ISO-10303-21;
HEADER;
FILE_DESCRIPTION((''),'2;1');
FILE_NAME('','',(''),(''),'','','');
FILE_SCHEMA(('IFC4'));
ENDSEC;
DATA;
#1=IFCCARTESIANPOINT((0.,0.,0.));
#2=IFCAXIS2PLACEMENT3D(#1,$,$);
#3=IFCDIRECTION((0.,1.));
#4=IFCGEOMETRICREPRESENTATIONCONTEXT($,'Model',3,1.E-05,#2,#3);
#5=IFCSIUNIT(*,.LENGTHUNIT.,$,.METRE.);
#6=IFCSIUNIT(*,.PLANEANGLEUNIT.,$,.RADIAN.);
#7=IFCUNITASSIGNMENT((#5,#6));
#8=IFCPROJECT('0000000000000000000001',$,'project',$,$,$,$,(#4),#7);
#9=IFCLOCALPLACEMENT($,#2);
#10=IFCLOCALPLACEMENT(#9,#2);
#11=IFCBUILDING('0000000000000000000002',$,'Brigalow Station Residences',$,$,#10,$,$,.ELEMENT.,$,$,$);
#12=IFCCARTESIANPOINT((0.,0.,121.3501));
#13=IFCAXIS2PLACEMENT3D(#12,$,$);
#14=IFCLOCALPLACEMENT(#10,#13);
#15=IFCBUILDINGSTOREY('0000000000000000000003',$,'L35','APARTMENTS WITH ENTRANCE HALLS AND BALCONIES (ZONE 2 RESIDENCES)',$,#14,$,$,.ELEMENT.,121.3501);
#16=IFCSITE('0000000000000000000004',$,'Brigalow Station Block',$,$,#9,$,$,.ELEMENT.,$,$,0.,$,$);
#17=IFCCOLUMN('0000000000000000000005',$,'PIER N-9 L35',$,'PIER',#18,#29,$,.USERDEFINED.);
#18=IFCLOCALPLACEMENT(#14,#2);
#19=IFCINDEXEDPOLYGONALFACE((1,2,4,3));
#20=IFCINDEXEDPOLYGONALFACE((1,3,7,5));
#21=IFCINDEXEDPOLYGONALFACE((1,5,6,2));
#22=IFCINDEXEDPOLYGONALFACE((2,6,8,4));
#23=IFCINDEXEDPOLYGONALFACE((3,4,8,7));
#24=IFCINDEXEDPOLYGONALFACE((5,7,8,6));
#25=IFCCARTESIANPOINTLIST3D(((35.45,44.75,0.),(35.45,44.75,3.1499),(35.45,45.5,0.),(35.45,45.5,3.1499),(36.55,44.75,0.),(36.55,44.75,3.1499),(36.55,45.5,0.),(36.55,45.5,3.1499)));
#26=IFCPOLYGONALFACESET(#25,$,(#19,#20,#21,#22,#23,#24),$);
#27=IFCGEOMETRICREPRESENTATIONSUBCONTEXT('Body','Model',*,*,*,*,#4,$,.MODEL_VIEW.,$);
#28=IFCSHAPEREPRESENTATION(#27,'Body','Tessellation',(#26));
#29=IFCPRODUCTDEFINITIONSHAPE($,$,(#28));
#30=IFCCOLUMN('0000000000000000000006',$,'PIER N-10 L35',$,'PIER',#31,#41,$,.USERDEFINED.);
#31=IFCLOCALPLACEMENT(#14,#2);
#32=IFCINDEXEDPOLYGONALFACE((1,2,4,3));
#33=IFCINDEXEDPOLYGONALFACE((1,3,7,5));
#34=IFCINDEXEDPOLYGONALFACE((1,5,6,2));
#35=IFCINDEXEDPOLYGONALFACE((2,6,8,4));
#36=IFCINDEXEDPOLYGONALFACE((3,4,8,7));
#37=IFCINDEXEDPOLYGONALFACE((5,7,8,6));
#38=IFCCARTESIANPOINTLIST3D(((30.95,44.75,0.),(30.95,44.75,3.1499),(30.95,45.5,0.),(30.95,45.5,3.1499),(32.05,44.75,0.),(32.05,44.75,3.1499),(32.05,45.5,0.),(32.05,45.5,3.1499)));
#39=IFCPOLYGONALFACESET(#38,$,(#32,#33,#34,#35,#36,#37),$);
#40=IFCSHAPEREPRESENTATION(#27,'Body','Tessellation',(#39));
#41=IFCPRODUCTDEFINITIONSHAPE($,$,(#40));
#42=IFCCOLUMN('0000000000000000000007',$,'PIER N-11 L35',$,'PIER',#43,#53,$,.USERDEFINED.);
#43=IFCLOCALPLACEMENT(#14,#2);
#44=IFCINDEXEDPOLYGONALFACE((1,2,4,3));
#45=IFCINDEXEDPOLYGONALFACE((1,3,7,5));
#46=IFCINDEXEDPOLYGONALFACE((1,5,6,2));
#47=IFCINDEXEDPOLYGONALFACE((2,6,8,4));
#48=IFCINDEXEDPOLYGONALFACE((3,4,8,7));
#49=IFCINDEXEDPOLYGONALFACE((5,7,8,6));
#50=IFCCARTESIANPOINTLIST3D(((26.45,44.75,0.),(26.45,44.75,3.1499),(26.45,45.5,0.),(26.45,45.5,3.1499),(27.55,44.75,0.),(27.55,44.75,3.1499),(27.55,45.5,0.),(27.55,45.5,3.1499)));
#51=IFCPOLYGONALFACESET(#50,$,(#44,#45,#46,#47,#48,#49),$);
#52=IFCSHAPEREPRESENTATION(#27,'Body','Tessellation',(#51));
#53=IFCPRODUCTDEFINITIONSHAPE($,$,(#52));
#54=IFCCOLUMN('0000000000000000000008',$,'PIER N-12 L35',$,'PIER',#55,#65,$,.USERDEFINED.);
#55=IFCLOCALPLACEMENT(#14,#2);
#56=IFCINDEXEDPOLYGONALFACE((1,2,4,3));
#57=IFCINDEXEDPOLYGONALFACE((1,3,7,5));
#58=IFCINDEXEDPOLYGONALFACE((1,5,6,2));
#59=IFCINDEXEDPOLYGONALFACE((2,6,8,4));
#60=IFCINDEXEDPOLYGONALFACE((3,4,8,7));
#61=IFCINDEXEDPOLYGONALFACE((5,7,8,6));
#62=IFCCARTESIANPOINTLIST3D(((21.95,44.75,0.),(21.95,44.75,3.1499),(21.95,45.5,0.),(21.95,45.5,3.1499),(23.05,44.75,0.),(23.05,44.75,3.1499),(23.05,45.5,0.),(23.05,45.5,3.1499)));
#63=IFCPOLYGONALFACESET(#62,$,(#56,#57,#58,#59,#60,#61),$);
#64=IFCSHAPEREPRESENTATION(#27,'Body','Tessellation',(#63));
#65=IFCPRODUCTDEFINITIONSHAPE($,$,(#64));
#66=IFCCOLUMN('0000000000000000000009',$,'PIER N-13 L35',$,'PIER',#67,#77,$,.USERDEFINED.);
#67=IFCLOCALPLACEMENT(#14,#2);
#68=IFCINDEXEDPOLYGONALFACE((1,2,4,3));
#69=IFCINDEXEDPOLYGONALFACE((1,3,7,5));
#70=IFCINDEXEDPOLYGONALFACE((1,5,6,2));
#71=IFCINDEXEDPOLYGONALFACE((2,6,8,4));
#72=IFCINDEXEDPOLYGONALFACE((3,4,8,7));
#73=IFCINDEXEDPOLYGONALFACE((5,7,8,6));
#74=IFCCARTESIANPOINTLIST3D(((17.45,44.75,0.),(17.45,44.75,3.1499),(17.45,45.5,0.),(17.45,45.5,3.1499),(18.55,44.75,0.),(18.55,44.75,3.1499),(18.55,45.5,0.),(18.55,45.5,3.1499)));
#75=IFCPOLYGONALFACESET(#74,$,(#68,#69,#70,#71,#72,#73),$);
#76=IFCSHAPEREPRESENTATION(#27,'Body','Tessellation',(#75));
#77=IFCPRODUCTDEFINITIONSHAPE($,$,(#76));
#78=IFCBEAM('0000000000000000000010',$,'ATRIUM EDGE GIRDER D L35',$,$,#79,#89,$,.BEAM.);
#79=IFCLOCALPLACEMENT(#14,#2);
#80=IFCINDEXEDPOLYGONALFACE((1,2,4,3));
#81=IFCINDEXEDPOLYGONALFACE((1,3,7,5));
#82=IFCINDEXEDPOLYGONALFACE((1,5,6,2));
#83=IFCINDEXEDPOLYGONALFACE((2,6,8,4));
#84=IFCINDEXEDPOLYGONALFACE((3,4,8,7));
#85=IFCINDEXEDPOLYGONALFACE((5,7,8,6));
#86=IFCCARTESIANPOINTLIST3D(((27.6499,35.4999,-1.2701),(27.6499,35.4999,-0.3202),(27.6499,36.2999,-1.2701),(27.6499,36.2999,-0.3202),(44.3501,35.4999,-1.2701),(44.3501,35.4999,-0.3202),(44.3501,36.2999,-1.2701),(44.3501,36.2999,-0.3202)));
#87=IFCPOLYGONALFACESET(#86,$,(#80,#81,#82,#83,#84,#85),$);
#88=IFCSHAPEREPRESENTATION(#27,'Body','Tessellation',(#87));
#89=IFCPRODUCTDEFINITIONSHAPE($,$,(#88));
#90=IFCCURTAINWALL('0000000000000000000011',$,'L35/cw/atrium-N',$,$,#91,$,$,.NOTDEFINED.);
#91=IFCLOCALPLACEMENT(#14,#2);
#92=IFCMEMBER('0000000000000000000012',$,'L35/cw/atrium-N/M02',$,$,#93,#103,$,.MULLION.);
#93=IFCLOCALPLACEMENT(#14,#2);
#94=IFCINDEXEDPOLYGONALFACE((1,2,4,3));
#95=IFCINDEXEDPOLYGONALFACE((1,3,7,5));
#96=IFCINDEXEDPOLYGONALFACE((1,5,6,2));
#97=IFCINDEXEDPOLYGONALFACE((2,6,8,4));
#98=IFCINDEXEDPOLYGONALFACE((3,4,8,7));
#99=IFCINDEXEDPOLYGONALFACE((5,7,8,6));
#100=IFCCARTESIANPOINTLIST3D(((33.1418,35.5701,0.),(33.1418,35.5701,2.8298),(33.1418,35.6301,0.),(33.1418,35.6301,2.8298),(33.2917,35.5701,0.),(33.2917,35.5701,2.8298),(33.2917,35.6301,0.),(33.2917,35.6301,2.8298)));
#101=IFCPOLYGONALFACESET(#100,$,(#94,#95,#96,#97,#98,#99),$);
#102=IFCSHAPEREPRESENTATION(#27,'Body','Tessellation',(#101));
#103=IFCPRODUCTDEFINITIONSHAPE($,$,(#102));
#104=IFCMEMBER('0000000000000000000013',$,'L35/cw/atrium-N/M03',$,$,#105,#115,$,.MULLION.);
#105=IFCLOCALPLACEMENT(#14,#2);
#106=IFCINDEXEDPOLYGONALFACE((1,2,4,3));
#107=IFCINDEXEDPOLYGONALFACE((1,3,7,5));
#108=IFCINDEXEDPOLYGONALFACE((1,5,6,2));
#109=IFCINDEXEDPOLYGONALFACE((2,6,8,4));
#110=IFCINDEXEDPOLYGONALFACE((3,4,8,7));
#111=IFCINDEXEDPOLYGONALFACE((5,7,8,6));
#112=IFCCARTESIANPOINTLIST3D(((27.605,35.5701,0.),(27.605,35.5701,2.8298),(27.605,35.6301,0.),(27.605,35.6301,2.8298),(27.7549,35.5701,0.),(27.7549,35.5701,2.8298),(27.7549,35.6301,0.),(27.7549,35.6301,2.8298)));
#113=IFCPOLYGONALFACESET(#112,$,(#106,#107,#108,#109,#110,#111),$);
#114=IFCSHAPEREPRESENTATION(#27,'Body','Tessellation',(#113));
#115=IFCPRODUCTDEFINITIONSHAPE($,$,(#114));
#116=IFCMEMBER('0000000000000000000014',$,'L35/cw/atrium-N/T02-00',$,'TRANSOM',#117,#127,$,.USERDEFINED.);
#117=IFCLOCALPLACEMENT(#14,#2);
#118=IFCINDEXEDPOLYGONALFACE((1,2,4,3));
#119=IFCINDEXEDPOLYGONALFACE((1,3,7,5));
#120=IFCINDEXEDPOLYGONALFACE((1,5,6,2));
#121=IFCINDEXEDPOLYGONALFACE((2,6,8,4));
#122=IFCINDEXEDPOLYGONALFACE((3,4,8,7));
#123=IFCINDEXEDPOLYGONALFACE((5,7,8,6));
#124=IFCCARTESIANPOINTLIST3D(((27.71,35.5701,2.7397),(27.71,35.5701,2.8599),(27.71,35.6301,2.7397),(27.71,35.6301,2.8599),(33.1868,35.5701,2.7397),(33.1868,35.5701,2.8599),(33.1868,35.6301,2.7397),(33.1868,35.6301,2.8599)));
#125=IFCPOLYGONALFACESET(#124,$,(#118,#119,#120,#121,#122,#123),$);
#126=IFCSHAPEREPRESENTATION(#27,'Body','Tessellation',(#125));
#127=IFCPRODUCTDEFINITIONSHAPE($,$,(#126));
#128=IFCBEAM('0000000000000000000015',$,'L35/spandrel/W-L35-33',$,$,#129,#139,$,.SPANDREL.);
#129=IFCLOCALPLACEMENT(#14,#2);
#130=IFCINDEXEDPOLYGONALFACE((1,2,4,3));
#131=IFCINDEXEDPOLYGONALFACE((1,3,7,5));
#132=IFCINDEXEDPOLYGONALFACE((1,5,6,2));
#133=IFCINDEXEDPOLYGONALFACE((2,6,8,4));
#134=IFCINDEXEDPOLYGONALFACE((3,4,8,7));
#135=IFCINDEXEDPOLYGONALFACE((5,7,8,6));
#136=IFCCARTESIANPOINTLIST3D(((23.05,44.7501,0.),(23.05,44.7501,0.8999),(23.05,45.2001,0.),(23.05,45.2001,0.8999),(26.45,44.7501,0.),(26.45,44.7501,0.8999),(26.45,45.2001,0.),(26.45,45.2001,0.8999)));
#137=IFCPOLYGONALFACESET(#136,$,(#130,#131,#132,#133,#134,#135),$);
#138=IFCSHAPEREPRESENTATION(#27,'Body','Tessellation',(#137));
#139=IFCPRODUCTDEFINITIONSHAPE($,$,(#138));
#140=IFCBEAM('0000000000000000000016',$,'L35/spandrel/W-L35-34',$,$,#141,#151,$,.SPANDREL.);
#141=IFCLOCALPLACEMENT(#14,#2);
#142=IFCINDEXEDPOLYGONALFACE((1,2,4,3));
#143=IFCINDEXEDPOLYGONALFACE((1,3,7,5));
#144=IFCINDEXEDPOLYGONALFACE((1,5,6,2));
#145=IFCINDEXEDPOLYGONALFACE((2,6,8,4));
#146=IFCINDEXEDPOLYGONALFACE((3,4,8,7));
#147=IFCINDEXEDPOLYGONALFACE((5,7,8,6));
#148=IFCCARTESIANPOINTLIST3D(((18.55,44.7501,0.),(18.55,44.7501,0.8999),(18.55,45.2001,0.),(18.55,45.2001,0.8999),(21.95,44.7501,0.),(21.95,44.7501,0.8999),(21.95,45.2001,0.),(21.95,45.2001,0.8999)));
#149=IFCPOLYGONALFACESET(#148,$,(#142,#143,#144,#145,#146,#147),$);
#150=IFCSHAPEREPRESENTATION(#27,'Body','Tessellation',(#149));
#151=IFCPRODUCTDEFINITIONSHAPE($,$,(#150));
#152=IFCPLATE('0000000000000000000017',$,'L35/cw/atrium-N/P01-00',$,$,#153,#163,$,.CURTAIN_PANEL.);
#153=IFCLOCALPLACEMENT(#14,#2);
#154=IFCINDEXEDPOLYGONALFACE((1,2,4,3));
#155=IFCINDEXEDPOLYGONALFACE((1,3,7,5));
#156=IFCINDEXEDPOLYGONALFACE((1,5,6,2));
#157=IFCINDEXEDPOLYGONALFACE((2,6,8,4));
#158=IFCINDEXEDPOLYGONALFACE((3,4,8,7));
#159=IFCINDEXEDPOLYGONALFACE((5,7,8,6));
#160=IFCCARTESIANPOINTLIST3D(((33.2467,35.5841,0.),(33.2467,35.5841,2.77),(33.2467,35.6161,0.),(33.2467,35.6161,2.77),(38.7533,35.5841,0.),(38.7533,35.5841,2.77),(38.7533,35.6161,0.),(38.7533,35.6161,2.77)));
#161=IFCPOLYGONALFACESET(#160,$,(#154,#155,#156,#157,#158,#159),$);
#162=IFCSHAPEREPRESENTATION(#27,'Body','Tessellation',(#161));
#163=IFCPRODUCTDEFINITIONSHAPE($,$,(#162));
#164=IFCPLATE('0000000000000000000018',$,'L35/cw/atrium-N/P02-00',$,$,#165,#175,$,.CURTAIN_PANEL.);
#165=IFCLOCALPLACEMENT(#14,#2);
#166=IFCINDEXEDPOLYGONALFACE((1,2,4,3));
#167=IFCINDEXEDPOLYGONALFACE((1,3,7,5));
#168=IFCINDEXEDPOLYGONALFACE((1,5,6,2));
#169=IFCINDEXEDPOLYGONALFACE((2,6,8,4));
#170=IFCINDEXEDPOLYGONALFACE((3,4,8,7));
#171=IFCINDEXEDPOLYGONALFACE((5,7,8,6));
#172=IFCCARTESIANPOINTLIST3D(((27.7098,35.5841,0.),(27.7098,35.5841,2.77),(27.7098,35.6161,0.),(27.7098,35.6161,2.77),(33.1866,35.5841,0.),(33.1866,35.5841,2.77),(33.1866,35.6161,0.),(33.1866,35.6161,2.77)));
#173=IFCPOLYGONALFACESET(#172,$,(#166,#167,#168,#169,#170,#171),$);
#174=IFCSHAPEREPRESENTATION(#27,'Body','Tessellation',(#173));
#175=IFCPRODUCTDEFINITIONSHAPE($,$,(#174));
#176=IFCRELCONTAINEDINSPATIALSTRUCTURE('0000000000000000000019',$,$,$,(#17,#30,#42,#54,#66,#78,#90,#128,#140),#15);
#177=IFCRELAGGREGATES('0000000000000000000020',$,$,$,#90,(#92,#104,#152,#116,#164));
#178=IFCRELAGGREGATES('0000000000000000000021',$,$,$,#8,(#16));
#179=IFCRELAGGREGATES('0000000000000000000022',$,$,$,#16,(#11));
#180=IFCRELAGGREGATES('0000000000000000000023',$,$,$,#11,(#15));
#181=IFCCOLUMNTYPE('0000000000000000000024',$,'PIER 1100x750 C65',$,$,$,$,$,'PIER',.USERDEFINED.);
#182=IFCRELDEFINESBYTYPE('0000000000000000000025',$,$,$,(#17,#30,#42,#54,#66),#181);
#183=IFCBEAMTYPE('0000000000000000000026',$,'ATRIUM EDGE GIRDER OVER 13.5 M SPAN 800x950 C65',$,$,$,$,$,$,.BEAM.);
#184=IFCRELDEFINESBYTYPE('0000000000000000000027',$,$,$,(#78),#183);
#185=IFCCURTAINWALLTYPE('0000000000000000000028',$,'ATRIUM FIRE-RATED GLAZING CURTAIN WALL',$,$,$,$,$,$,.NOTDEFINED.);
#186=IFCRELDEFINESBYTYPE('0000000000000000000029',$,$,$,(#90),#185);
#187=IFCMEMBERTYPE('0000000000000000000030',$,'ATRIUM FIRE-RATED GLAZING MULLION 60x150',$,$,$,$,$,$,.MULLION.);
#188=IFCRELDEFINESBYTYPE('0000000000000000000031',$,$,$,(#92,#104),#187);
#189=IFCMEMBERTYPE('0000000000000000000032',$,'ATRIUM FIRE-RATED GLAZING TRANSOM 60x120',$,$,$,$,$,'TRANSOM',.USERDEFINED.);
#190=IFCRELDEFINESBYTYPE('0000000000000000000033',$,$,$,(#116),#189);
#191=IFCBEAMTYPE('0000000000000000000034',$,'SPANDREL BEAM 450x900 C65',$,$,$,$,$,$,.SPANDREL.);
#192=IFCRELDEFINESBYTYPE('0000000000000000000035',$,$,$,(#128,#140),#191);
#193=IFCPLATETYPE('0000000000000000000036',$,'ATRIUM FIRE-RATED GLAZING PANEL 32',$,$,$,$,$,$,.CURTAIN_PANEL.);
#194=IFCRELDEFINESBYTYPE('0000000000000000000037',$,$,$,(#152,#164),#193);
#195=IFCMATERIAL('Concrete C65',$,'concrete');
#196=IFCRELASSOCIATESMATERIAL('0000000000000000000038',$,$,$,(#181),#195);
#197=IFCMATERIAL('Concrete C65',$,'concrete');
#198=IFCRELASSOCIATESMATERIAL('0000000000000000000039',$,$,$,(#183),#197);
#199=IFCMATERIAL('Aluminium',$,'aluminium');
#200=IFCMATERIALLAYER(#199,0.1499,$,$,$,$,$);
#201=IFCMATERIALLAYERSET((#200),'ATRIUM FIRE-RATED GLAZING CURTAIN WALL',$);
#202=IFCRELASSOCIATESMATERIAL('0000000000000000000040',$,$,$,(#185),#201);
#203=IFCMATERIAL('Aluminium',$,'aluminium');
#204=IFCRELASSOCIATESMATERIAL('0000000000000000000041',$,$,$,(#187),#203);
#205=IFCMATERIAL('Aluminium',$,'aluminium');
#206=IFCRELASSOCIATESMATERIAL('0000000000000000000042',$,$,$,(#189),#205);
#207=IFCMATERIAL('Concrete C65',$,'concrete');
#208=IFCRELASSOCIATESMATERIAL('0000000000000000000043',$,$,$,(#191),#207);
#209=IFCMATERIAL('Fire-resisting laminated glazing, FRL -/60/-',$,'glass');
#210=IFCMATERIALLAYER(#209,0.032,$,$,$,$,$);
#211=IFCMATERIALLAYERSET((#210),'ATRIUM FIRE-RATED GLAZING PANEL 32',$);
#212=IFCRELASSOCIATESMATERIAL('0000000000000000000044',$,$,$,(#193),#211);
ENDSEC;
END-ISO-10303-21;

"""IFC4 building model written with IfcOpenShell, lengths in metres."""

from ifc_helpers import new_model, si_unit, direction, frame, origin, origin_2d, place, context, subcontext, project, spatial, rectangle, extrude, material, layer, layer_set, material_profile, profile_set, type_object, element, aggregate, save


model = new_model("IFC4")

# Units and contexts
model_context = context("Model", 3, precision=1e-05, world=origin(), true_north=direction((0.0, 1.0)))
body_context = subcontext(model_context, "Body", "Model", "MODEL_VIEW")
ifc_project = project(units=[si_unit("LENGTHUNIT", "METRE"), si_unit("PLANEANGLEUNIT", "RADIAN")], contexts=[model_context])

# Site, building, storey
site_placement = place(None, origin())
site = spatial("IfcSite", under=ifc_project, at=site_placement, Name="Brigalow Station Block", CompositionType="ELEMENT", RefElevation=0.0)
building_placement = place(site_placement, origin())
building = spatial("IfcBuilding", under=site, at=building_placement, Name="Brigalow Station Residences", CompositionType="ELEMENT")
storey_placement = place(building_placement, frame((0.0, 0.0, 121.3501)))
storey = spatial("IfcBuildingStorey", under=building, at=storey_placement, Name="L35", Description="APARTMENTS WITH ENTRANCE HALLS AND BALCONIES (ZONE 2 RESIDENCES)", CompositionType="ELEMENT", Elevation=121.3501)

# Columns
ifc_material_1 = material(Name="Concrete C65", Category="concrete")
ifc_material_profile_1 = material_profile(ifc_material_1, rectangle(XDim=1.1001, YDim=0.75, at=origin_2d()), Name="RC1100x750")
ifc_profile_set_1 = profile_set([ifc_material_profile_1], Name="Concrete C65")
column_type = type_object("IfcColumnType", Name="PIER 1100x750 C65", ElementType="PIER", PredefinedType="USERDEFINED", material=ifc_profile_set_1)
for number, where, z_axis, x_axis, name in (
    (1, (36.0, 45.125, 0.0), (0.0, 0.0, 1.0), (-1.0, 0.0, 0.0), "PIER N-9 L35"),
    (2, (31.5, 45.125, 0.0), (0.0, 0.0, 1.0), (-1.0, 0.0, 0.0), "PIER N-10 L35"),
    (3, (27.0, 45.125, 0.0), (0.0, 0.0, 1.0), (-1.0, 0.0, 0.0), "PIER N-11 L35"),
    (4, (22.5, 45.125, 0.0), (0.0, 0.0, 1.0), (-1.0, 0.0, 0.0), "PIER N-12 L35"),
    (5, (18.0, 45.125, 0.0), (0.0, 0.0, 1.0), (-1.0, 0.0, 0.0), "PIER N-13 L35"),
):
    element("IfcColumn", number, at=place(storey_placement, frame(where, z_axis=z_axis, x_axis=x_axis)), inside=storey, type_object=column_type, Name=name, ObjectType="PIER", PredefinedType="USERDEFINED", context=body_context, shape_type="SweptSolid", body=[
        extrude(rectangle(XDim=1.1001, YDim=0.75, at=origin_2d()), origin(), (0.0, 0.0, 1.0), 3.1499),
    ])

# Beam
ifc_material_2 = material(Name="Concrete C65", Category="concrete")
ifc_material_profile_2 = material_profile(ifc_material_2, rectangle(XDim=0.8, YDim=0.95, at=origin_2d()), Name="RC800x950")
ifc_profile_set_2 = profile_set([ifc_material_profile_2], Name="Concrete C65")
beam_type_1 = type_object("IfcBeamType", Name="ATRIUM EDGE GIRDER OVER 13.5 M SPAN 800x950 C65", PredefinedType="BEAM", material=ifc_profile_set_2)
beam_placement = place(storey_placement, frame((27.6499, 35.8999, -0.7952), z_axis=(1.0, 0.0, 0.0), x_axis=(0.0, 1.0, 0.0)))
element("IfcBeam", 6, at=beam_placement, inside=storey, type_object=beam_type_1, Name="ATRIUM EDGE GIRDER D L35", PredefinedType="BEAM", context=body_context, shape_type="SweptSolid", body=[
    extrude(rectangle(XDim=0.8, YDim=0.95, at=origin_2d()), origin(), (0.0, 0.0, 1.0), 16.7002),
])

# Curtain wall, members
ifc_material_3 = material(Name="Aluminium", Category="aluminium")
ifc_layer_1 = layer(ifc_material_3, 0.1499)
ifc_layer_set_1 = layer_set([ifc_layer_1], Name="ATRIUM FIRE-RATED GLAZING CURTAIN WALL")
curtain_wall_type = type_object("IfcCurtainWallType", Name="ATRIUM FIRE-RATED GLAZING CURTAIN WALL", PredefinedType="NOTDEFINED", material=ifc_layer_set_1)
curtain_wall_placement = place(storey_placement, origin())
curtain_wall = element("IfcCurtainWall", 7, at=curtain_wall_placement, inside=storey, type_object=curtain_wall_type, Name="L35/cw/atrium-N", PredefinedType="NOTDEFINED")
ifc_material_4 = material(Name="Aluminium", Category="aluminium")
ifc_material_profile_3 = material_profile(ifc_material_4, rectangle(XDim=0.0601, YDim=0.1499, at=origin_2d()), Name="ATRIUM FIRE-RATED GLAZING MULLION 60x150")
ifc_profile_set_3 = profile_set([ifc_material_profile_3], Name="Aluminium")
member_type_1 = type_object("IfcMemberType", Name="ATRIUM FIRE-RATED GLAZING MULLION 60x150", PredefinedType="MULLION", material=ifc_profile_set_3)
member_1_placement = place(storey_placement, frame((33.2168, 35.6001, 0.0), z_axis=(0.0, 0.0, 1.0), x_axis=(0.0, -1.0, 0.0)))
member_1 = element("IfcMember", 8, at=member_1_placement, type_object=member_type_1, Name="L35/cw/atrium-N/M02", PredefinedType="MULLION", context=body_context, shape_type="SweptSolid", body=[
    extrude(rectangle(XDim=0.0601, YDim=0.1499, at=origin_2d()), origin(), (0.0, 0.0, 1.0), 2.8298),
])
member_2_placement = place(storey_placement, frame((27.6799, 35.6001, 0.0), z_axis=(0.0, 0.0, 1.0), x_axis=(0.0, -1.0, 0.0)))
member_2 = element("IfcMember", 9, at=member_2_placement, type_object=member_type_1, Name="L35/cw/atrium-N/M03", PredefinedType="MULLION", context=body_context, shape_type="SweptSolid", body=[
    extrude(rectangle(XDim=0.0601, YDim=0.1499, at=origin_2d()), origin(), (0.0, 0.0, 1.0), 2.8298),
])
ifc_material_5 = material(Name="Aluminium", Category="aluminium")
ifc_material_profile_4 = material_profile(ifc_material_5, rectangle(XDim=0.0601, YDim=0.1201, at=origin_2d()), Name="ATRIUM FIRE-RATED GLAZING TRANSOM 60x120")
ifc_profile_set_4 = profile_set([ifc_material_profile_4], Name="Aluminium")
member_type_2 = type_object("IfcMemberType", Name="ATRIUM FIRE-RATED GLAZING TRANSOM 60x120", ElementType="TRANSOM", PredefinedType="USERDEFINED", material=ifc_profile_set_4)
member_3_placement = place(storey_placement, frame((33.1868, 35.6001, 2.7998), z_axis=(-1.0, 0.0, 0.0), x_axis=(0.0, -1.0, 0.0)))
member_3 = element("IfcMember", 10, at=member_3_placement, type_object=member_type_2, Name="L35/cw/atrium-N/T02-00", ObjectType="TRANSOM", PredefinedType="USERDEFINED", context=body_context, shape_type="SweptSolid", body=[
    extrude(rectangle(XDim=0.0601, YDim=0.1201, at=origin_2d()), origin(), (0.0, 0.0, 1.0), 5.4768),
])

# Beams
ifc_material_6 = material(Name="Concrete C65", Category="concrete")
ifc_material_profile_5 = material_profile(ifc_material_6, rectangle(XDim=0.45, YDim=0.8999, at=origin_2d()), Name="RC450x900")
ifc_profile_set_5 = profile_set([ifc_material_profile_5], Name="Concrete C65")
beam_type_2 = type_object("IfcBeamType", Name="SPANDREL BEAM 450x900 C65", PredefinedType="SPANDREL", material=ifc_profile_set_5)
for number, where, z_axis, x_axis, name in (
    (11, (26.45, 44.9751, 0.45), (-1.0, 0.0, 0.0), (0.0, -1.0, 0.0), "L35/spandrel/W-L35-33"),
    (12, (21.95, 44.9751, 0.45), (-1.0, 0.0, 0.0), (0.0, -1.0, 0.0), "L35/spandrel/W-L35-34"),
):
    element("IfcBeam", number, at=place(storey_placement, frame(where, z_axis=z_axis, x_axis=x_axis)), inside=storey, type_object=beam_type_2, Name=name, PredefinedType="SPANDREL", context=body_context, shape_type="SweptSolid", body=[
        extrude(rectangle(XDim=0.45, YDim=0.8999, at=origin_2d()), origin(), (0.0, 0.0, 1.0), 3.3999),
    ])

# Plates
ifc_material_7 = material(Name="Fire-resisting laminated glazing, FRL -/60/-", Category="glass")
ifc_layer_2 = layer(ifc_material_7, 0.032)
ifc_layer_set_2 = layer_set([ifc_layer_2], Name="ATRIUM FIRE-RATED GLAZING PANEL 32")
plate_type = type_object("IfcPlateType", Name="ATRIUM FIRE-RATED GLAZING PANEL 32", PredefinedType="CURTAIN_PANEL", material=ifc_layer_set_2)
plate_1_placement = place(storey_placement, frame((36.0, 35.6001, 0.0), z_axis=(0.0, 0.0, 1.0), x_axis=(-1.0, 0.0, 0.0)))
plate_1 = element("IfcPlate", 13, at=plate_1_placement, type_object=plate_type, Name="L35/cw/atrium-N/P01-00", PredefinedType="CURTAIN_PANEL", context=body_context, shape_type="SweptSolid", body=[
    extrude(rectangle(XDim=5.5066, YDim=0.032, at=origin_2d()), origin(), (0.0, 0.0, 1.0), 2.77),
])
plate_2_placement = place(storey_placement, frame((30.4482, 35.6001, 0.0), z_axis=(0.0, 0.0, 1.0), x_axis=(-1.0, 0.0, 0.0)))
plate_2 = element("IfcPlate", 14, at=plate_2_placement, type_object=plate_type, Name="L35/cw/atrium-N/P02-00", PredefinedType="CURTAIN_PANEL", context=body_context, shape_type="SweptSolid", body=[
    extrude(rectangle(XDim=5.4768, YDim=0.032, at=origin_2d()), origin(), (0.0, 0.0, 1.0), 2.77),
])
aggregate(curtain_wall, [member_1, member_2, plate_1, member_3, plate_2])

save(model, "model.ifc")
